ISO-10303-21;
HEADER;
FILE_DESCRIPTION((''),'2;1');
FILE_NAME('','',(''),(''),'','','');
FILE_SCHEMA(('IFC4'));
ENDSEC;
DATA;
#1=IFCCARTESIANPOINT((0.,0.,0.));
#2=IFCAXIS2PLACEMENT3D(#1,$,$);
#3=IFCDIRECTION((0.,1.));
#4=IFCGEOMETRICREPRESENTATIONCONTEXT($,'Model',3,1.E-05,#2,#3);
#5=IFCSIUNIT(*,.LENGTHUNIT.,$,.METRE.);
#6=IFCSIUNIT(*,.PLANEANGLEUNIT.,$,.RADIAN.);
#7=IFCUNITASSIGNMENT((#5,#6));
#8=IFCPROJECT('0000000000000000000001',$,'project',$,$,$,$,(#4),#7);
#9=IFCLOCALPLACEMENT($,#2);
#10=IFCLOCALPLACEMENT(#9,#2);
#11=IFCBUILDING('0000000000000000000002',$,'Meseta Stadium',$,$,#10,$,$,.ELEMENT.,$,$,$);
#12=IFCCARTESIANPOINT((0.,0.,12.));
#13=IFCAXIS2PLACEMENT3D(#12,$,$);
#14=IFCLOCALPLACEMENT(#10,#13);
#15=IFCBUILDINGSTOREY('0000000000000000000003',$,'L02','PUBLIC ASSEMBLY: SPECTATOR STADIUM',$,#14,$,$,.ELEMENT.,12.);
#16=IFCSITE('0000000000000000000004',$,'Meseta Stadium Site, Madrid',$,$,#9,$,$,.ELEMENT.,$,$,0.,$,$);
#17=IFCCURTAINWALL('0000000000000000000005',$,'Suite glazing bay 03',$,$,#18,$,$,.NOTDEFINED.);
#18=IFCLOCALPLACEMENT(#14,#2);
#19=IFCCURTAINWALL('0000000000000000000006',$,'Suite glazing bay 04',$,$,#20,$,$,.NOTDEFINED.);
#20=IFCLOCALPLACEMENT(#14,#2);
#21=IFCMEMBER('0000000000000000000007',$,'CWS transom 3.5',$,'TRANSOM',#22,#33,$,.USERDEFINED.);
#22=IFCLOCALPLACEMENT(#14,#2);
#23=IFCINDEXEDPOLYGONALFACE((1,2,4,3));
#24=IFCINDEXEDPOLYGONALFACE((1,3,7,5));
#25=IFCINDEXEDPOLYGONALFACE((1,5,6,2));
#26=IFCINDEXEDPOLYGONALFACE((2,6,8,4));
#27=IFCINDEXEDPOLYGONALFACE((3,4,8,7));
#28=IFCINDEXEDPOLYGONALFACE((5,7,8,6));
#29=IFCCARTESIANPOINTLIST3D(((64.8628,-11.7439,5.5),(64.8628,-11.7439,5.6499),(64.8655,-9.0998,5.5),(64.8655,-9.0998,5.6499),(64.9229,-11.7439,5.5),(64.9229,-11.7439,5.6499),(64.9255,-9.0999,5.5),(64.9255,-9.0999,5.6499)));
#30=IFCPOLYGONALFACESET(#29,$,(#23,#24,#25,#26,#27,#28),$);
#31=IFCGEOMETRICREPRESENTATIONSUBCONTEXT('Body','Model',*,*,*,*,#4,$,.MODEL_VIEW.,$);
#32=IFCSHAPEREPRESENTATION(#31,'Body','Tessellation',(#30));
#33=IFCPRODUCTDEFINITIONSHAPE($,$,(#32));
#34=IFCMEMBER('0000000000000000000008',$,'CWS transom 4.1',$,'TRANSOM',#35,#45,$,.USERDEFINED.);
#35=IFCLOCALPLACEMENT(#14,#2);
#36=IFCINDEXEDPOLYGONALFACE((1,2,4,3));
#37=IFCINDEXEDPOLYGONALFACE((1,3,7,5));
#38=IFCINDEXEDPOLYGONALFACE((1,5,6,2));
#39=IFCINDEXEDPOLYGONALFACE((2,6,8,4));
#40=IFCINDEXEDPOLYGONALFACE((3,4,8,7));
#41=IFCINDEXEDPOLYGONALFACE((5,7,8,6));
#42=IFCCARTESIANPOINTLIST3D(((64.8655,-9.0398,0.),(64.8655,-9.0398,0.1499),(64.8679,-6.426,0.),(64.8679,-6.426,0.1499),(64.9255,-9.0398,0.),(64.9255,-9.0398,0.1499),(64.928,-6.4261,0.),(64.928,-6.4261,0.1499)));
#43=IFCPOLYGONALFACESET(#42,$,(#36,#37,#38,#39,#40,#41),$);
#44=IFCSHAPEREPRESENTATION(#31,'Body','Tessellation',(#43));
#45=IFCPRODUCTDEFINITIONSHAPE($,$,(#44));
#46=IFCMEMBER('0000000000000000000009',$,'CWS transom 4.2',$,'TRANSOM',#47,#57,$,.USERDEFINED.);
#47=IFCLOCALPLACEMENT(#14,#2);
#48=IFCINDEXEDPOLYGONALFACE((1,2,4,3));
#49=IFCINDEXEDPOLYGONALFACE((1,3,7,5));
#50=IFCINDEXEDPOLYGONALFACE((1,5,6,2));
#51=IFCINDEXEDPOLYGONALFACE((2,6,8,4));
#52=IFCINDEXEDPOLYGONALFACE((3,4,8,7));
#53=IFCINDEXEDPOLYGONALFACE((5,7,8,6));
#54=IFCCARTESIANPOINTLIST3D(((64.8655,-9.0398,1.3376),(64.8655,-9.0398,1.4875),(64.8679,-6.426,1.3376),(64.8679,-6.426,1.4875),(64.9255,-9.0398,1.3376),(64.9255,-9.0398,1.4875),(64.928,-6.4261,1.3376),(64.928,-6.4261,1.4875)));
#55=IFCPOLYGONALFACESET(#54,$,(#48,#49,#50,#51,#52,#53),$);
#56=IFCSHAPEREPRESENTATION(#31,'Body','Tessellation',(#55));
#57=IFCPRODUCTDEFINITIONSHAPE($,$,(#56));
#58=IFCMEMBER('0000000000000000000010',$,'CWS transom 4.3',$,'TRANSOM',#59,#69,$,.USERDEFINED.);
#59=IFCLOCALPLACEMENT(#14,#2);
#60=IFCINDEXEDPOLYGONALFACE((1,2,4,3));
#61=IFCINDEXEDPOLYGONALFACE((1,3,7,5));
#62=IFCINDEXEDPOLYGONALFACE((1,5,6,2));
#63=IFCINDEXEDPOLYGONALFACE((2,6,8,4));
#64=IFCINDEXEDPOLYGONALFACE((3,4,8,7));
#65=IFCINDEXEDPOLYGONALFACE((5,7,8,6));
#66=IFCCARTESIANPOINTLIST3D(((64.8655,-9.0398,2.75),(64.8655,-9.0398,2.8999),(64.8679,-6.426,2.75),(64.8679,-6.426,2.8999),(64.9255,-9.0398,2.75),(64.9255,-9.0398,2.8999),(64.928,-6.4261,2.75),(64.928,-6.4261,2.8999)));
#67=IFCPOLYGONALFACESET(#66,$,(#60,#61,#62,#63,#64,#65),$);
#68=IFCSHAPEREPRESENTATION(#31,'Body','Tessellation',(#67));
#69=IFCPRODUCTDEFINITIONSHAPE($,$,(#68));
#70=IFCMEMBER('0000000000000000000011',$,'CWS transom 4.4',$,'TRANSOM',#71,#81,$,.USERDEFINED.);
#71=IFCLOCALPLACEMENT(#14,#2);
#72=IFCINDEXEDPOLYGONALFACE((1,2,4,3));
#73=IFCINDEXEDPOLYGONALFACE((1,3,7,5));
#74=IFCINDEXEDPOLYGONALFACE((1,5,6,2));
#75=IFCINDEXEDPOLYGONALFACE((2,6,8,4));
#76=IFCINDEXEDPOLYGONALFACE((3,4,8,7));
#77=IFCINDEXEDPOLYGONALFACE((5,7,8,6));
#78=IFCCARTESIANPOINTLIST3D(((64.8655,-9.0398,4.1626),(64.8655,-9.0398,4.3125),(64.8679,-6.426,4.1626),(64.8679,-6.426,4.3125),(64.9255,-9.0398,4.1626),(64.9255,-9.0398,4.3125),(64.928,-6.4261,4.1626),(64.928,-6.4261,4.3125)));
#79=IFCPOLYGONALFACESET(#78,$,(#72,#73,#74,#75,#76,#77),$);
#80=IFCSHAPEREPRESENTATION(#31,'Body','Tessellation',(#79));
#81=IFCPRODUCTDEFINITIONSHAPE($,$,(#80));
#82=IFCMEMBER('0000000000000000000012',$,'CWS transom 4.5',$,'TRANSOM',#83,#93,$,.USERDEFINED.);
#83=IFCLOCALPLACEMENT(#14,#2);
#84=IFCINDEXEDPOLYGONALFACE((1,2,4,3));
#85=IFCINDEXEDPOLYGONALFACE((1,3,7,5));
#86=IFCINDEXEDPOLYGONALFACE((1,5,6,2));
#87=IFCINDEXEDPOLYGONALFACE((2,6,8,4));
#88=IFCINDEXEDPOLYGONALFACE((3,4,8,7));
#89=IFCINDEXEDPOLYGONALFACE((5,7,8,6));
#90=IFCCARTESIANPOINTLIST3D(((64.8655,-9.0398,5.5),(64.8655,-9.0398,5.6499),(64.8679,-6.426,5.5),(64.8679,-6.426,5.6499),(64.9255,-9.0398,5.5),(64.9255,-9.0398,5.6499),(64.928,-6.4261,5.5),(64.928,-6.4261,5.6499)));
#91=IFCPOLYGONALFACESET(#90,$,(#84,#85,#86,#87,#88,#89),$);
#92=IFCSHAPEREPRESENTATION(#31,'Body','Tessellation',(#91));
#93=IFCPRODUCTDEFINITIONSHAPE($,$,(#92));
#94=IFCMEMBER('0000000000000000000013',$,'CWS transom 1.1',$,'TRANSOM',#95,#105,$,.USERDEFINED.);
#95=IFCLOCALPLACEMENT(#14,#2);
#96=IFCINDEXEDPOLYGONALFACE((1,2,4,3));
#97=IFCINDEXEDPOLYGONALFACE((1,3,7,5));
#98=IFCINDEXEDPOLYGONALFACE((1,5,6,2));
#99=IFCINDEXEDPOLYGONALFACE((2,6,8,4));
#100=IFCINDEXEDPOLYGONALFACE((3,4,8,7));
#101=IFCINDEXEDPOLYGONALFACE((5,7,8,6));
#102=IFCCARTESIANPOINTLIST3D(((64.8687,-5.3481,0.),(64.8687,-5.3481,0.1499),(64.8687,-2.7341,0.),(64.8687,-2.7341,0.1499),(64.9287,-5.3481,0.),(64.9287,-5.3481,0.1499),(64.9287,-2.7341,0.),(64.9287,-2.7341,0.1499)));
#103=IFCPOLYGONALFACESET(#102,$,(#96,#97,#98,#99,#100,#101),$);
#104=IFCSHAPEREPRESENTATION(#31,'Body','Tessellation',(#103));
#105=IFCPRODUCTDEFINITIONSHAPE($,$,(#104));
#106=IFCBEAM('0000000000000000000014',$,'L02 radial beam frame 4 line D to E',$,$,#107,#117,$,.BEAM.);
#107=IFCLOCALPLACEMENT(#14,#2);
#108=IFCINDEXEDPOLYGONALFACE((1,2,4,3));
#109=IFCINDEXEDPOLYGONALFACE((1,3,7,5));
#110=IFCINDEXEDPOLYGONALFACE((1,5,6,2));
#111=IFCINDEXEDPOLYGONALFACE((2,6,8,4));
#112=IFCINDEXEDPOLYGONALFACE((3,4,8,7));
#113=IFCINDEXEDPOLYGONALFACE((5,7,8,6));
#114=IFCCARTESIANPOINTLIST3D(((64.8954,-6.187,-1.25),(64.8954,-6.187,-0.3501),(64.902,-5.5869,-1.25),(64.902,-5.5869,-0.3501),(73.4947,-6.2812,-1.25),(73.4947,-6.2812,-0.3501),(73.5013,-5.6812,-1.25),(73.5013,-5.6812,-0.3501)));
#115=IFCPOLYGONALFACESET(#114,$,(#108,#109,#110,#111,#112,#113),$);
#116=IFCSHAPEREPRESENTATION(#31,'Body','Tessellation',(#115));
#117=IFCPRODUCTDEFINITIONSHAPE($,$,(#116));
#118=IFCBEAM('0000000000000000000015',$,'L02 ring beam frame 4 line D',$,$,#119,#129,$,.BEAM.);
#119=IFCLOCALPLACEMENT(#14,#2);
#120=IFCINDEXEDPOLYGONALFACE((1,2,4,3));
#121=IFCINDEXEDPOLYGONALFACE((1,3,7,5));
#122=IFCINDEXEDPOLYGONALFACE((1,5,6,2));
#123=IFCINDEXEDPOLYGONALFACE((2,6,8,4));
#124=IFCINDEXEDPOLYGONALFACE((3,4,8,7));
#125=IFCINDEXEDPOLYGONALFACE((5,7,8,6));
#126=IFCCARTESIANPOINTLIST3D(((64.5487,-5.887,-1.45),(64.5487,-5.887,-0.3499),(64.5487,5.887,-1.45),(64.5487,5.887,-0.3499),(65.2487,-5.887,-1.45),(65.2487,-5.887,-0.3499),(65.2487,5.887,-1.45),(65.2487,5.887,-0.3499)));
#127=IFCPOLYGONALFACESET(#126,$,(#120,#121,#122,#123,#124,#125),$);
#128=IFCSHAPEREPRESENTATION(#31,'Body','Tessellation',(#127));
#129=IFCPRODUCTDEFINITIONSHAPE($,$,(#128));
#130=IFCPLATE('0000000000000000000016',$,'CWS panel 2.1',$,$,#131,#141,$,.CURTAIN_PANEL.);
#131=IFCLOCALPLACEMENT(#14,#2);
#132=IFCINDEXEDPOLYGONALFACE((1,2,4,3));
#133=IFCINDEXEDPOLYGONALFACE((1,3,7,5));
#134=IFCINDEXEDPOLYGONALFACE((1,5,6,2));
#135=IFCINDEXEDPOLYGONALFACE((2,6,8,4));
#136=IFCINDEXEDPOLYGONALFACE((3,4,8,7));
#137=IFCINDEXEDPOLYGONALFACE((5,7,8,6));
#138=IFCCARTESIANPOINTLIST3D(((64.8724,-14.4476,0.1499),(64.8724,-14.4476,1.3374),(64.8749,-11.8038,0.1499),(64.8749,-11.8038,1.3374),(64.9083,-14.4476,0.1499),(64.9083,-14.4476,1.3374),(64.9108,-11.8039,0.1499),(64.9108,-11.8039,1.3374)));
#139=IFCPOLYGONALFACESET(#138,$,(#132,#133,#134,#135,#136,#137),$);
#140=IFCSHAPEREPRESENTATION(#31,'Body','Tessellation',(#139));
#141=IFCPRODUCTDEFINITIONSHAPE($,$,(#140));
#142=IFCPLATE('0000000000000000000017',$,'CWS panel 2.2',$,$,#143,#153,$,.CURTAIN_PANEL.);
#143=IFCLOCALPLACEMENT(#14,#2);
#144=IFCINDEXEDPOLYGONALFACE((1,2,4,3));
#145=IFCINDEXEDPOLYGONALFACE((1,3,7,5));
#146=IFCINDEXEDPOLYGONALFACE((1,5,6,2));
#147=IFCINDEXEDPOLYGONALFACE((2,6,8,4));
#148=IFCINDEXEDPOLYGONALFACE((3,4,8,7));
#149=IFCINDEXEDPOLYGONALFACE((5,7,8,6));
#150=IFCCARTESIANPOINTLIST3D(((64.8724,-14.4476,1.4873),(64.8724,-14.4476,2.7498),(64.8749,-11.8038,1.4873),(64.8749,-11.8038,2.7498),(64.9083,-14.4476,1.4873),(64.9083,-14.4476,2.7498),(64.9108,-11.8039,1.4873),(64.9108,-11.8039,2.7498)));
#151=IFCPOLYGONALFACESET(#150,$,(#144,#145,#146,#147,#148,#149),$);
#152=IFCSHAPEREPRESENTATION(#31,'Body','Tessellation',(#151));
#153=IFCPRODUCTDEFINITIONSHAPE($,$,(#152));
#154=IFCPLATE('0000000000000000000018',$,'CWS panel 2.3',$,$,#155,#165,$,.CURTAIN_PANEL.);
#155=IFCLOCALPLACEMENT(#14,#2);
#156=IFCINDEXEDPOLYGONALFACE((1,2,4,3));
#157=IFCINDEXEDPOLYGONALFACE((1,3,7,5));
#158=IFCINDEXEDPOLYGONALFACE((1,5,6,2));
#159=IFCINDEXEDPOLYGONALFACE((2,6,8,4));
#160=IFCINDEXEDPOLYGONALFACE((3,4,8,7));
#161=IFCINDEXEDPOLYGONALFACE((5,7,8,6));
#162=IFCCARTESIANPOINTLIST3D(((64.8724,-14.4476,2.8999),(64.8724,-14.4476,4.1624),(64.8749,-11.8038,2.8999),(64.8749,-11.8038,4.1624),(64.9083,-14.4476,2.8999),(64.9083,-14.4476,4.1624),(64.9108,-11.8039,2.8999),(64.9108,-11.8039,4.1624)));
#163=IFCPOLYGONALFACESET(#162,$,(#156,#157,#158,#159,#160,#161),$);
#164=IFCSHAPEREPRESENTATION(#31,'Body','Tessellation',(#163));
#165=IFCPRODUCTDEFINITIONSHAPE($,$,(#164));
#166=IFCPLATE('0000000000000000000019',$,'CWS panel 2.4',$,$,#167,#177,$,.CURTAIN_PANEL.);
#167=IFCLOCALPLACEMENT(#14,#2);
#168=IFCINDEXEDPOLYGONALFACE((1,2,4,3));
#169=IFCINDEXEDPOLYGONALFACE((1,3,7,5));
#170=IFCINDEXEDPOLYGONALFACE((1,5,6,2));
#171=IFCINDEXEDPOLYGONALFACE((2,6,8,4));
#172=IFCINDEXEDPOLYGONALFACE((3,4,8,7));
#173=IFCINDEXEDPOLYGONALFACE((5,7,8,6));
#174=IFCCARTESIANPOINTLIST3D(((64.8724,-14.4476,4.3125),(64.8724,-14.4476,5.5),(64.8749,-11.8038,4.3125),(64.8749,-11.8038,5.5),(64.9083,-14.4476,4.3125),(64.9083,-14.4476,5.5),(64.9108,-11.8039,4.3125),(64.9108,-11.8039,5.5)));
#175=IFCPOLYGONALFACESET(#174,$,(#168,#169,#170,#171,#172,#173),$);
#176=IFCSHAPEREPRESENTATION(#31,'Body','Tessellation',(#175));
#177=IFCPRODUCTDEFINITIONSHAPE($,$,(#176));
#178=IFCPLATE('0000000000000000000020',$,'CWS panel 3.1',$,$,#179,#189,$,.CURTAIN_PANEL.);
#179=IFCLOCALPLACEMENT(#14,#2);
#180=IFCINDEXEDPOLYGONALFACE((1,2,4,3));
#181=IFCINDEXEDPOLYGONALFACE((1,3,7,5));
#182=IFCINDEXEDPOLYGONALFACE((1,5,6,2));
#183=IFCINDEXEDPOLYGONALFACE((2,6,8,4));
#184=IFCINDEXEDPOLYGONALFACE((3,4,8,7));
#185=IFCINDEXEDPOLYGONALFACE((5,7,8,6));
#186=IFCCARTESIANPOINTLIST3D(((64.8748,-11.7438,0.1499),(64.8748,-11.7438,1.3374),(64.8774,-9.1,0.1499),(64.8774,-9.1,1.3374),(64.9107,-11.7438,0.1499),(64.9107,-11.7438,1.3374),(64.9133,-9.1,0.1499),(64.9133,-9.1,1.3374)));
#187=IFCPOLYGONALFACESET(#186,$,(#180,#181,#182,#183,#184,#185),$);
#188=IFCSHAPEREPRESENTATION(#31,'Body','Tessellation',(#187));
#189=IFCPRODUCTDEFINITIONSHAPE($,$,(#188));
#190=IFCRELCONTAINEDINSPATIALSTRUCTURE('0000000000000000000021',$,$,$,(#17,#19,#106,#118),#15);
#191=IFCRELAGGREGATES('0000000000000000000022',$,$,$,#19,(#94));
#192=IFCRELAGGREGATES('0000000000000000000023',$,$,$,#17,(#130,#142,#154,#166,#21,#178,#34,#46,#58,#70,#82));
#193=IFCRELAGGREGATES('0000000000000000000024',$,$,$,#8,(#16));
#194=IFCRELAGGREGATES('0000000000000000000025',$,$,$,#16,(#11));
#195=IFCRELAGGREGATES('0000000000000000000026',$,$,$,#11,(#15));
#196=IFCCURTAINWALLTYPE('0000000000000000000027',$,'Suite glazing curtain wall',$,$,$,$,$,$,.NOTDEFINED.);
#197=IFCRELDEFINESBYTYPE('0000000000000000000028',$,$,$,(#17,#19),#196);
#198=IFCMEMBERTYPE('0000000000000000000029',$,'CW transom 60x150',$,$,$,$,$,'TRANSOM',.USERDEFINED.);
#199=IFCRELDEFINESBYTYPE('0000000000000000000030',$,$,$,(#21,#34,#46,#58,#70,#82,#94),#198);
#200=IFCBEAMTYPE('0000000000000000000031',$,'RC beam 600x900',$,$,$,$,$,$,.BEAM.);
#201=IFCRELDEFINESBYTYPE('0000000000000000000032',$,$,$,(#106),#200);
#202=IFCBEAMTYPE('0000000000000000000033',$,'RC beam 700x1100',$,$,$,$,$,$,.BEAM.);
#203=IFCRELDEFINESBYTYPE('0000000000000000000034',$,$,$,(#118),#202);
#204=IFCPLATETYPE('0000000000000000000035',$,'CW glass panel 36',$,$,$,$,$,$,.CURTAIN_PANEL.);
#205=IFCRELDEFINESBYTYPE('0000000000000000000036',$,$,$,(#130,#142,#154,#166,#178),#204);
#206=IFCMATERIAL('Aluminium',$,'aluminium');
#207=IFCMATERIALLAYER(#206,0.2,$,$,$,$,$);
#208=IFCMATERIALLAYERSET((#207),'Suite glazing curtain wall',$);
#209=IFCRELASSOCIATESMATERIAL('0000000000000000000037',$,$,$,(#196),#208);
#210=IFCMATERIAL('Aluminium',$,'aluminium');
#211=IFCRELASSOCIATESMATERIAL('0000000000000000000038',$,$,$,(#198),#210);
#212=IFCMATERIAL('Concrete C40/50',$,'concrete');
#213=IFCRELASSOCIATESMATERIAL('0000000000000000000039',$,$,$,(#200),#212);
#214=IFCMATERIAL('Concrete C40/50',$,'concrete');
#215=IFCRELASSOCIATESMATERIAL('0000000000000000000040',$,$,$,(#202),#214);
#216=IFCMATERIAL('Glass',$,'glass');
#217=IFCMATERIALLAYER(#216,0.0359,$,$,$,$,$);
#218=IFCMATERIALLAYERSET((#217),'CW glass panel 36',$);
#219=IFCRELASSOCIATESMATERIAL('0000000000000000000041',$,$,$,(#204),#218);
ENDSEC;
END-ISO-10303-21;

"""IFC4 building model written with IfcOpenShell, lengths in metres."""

from ifc_helpers import new_model, si_unit, direction, frame, origin, origin_2d, place, context, subcontext, project, spatial, rectangle, extrude, material, layer, layer_set, material_profile, profile_set, type_object, element, aggregate, save


model = new_model("IFC4")

# Units and contexts
model_context = context("Model", 3, precision=1e-05, world=origin(), true_north=direction((0.0, 1.0)))
body_context = subcontext(model_context, "Body", "Model", "MODEL_VIEW")
ifc_project = project(units=[si_unit("LENGTHUNIT", "METRE"), si_unit("PLANEANGLEUNIT", "RADIAN")], contexts=[model_context])

# Site, building, storey
site_placement = place(None, origin())
site = spatial("IfcSite", under=ifc_project, at=site_placement, Name="Meseta Stadium Site, Madrid", CompositionType="ELEMENT", RefElevation=0.0)
building_placement = place(site_placement, origin())
building = spatial("IfcBuilding", under=site, at=building_placement, Name="Meseta Stadium", CompositionType="ELEMENT")
storey_placement = place(building_placement, frame((0.0, 0.0, 12.0)))
storey = spatial("IfcBuildingStorey", under=building, at=storey_placement, Name="L02", Description="PUBLIC ASSEMBLY: SPECTATOR STADIUM", CompositionType="ELEMENT", Elevation=12.0)

# Curtain wall
ifc_material_1 = material(Name="Aluminium", Category="aluminium")
ifc_layer_1 = layer(ifc_material_1, 0.2)
ifc_layer_set_1 = layer_set([ifc_layer_1], Name="Suite glazing curtain wall")
curtain_wall_type = type_object("IfcCurtainWallType", Name="Suite glazing curtain wall", PredefinedType="NOTDEFINED", material=ifc_layer_set_1)
curtain_wall_1_placement = place(storey_placement, origin())
curtain_wall_1 = element("IfcCurtainWall", 1, at=curtain_wall_1_placement, inside=storey, type_object=curtain_wall_type, Name="Suite glazing bay 03", PredefinedType="NOTDEFINED")

# Curtain wall
curtain_wall_2_placement = place(storey_placement, origin())
curtain_wall_2 = element("IfcCurtainWall", 2, at=curtain_wall_2_placement, inside=storey, type_object=curtain_wall_type, Name="Suite glazing bay 04", PredefinedType="NOTDEFINED")

# Members
ifc_material_2 = material(Name="Aluminium", Category="aluminium")
ifc_material_profile_1 = material_profile(ifc_material_2, rectangle(XDim=0.0601, YDim=0.1499, at=origin_2d()), Name="CW 60x150")
ifc_profile_set_1 = profile_set([ifc_material_profile_1], Name="Aluminium")
member_type_1 = type_object("IfcMemberType", Name="CW transom 60x150", ElementType="TRANSOM", PredefinedType="USERDEFINED", material=ifc_profile_set_1)
member_1_placement = place(storey_placement, frame((64.8928, -11.7439, 5.575), z_axis=(0.001016, 0.999999, 0.0), x_axis=(-0.999999, 0.001016, 0.0)))
member_1 = element("IfcMember", 3, at=member_1_placement, type_object=member_type_1, Name="CWS transom 3.5", ObjectType="TRANSOM", PredefinedType="USERDEFINED", context=body_context, shape_type="SweptSolid", body=[
    extrude(rectangle(XDim=0.0601, YDim=0.1499, at=origin_2d()), origin(), (0.0, 0.0, 1.0), 2.644),
])
member_2_placement = place(storey_placement, frame((64.8955, -9.0398, 0.075), z_axis=(0.000934, 1.0, 0.0), x_axis=(-1.0, 0.000934, 0.0)))
member_2 = element("IfcMember", 4, at=member_2_placement, type_object=member_type_1, Name="CWS transom 4.1", ObjectType="TRANSOM", PredefinedType="USERDEFINED", context=body_context, shape_type="SweptSolid", body=[
    extrude(rectangle(XDim=0.0601, YDim=0.1499, at=origin_2d()), origin(), (0.0, 0.0, 1.0), 2.6138),
])
member_3_placement = place(storey_placement, frame((64.8955, -9.0398, 1.4126), z_axis=(0.000934, 1.0, 0.0), x_axis=(-1.0, 0.000934, 0.0)))
member_3 = element("IfcMember", 5, at=member_3_placement, type_object=member_type_1, Name="CWS transom 4.2", ObjectType="TRANSOM", PredefinedType="USERDEFINED", context=body_context, shape_type="SweptSolid", body=[
    extrude(rectangle(XDim=0.0601, YDim=0.1499, at=origin_2d()), origin(), (0.0, 0.0, 1.0), 2.6138),
])
member_4_placement = place(storey_placement, frame((64.8955, -9.0398, 2.825), z_axis=(0.000934, 1.0, 0.0), x_axis=(-1.0, 0.000934, 0.0)))
member_4 = element("IfcMember", 6, at=member_4_placement, type_object=member_type_1, Name="CWS transom 4.3", ObjectType="TRANSOM", PredefinedType="USERDEFINED", context=body_context, shape_type="SweptSolid", body=[
    extrude(rectangle(XDim=0.0601, YDim=0.1499, at=origin_2d()), origin(), (0.0, 0.0, 1.0), 2.6138),
])
member_5_placement = place(storey_placement, frame((64.8955, -9.0398, 4.2375), z_axis=(0.000934, 1.0, 0.0), x_axis=(-1.0, 0.000934, 0.0)))
member_5 = element("IfcMember", 7, at=member_5_placement, type_object=member_type_1, Name="CWS transom 4.4", ObjectType="TRANSOM", PredefinedType="USERDEFINED", context=body_context, shape_type="SweptSolid", body=[
    extrude(rectangle(XDim=0.0601, YDim=0.1499, at=origin_2d()), origin(), (0.0, 0.0, 1.0), 2.6138),
])
member_6_placement = place(storey_placement, frame((64.8955, -9.0398, 5.575), z_axis=(0.000934, 1.0, 0.0), x_axis=(-1.0, 0.000934, 0.0)))
member_6 = element("IfcMember", 8, at=member_6_placement, type_object=member_type_1, Name="CWS transom 4.5", ObjectType="TRANSOM", PredefinedType="USERDEFINED", context=body_context, shape_type="SweptSolid", body=[
    extrude(rectangle(XDim=0.0601, YDim=0.1499, at=origin_2d()), origin(), (0.0, 0.0, 1.0), 2.6138),
])
member_7_placement = place(storey_placement, frame((64.8987, -5.3481, 0.075), z_axis=(0.0, 1.0, 0.0), x_axis=(-1.0, 0.0, 0.0)))
member_7 = element("IfcMember", 9, at=member_7_placement, type_object=member_type_1, Name="CWS transom 1.1", ObjectType="TRANSOM", PredefinedType="USERDEFINED", context=body_context, shape_type="SweptSolid", body=[
    extrude(rectangle(XDim=0.0601, YDim=0.1499, at=origin_2d()), origin(), (0.0, 0.0, 1.0), 2.614),
])
aggregate(curtain_wall_2, [member_7])

# Beams
ifc_material_3 = material(Name="Concrete C40/50", Category="concrete")
ifc_material_profile_2 = material_profile(ifc_material_3, rectangle(XDim=0.6001, YDim=0.8999, at=origin_2d()), Name="RC 600x900")
ifc_profile_set_2 = profile_set([ifc_material_profile_2], Name="Concrete C40/50")
beam_type_1 = type_object("IfcBeamType", Name="RC beam 600x900", PredefinedType="BEAM", material=ifc_profile_set_2)
beam_1_placement = place(storey_placement, frame((64.8987, -5.887, -0.8), z_axis=(0.99994, -0.010958, 0.0), x_axis=(0.010958, 0.99994, 0.0)))
element("IfcBeam", 10, at=beam_1_placement, inside=storey, type_object=beam_type_1, Name="L02 radial beam frame 4 line D to E", PredefinedType="BEAM", context=body_context, shape_type="SweptSolid", body=[
    extrude(rectangle(XDim=0.6001, YDim=0.8999, at=origin_2d()), origin(), (0.0, 0.0, 1.0), 8.5999),
])
ifc_material_4 = material(Name="Concrete C40/50", Category="concrete")
ifc_material_profile_3 = material_profile(ifc_material_4, rectangle(XDim=0.7, YDim=1.1001, at=origin_2d()), Name="RC 700x1100")
ifc_profile_set_3 = profile_set([ifc_material_profile_3], Name="Concrete C40/50")
beam_type_2 = type_object("IfcBeamType", Name="RC beam 700x1100", PredefinedType="BEAM", material=ifc_profile_set_3)
beam_2_placement = place(storey_placement, frame((64.8987, -5.887, -0.8999), z_axis=(0.0, 1.0, 0.0), x_axis=(-1.0, 0.0, 0.0)))
element("IfcBeam", 11, at=beam_2_placement, inside=storey, type_object=beam_type_2, Name="L02 ring beam frame 4 line D", PredefinedType="BEAM", context=body_context, shape_type="SweptSolid", body=[
    extrude(rectangle(XDim=0.7, YDim=1.1001, at=origin_2d()), origin(), (0.0, 0.0, 1.0), 11.7739),
])

# Plates
ifc_material_5 = material(Name="Glass", Category="glass")
ifc_layer_2 = layer(ifc_material_5, 0.0359)
ifc_layer_set_2 = layer_set([ifc_layer_2], Name="CW glass panel 36")
plate_type = type_object("IfcPlateType", Name="CW glass panel 36", PredefinedType="CURTAIN_PANEL", material=ifc_layer_set_2)
plate_1_placement = place(storey_placement, frame((64.8916, -13.1257, 0.1499), z_axis=(0.0, 0.0, 1.0), x_axis=(0.000975, 1.0, 0.0)))
plate_1 = element("IfcPlate", 12, at=plate_1_placement, type_object=plate_type, Name="CWS panel 2.1", PredefinedType="CURTAIN_PANEL", context=body_context, shape_type="SweptSolid", body=[
    extrude(rectangle(XDim=2.6438, YDim=0.0359, at=origin_2d()), origin(), (0.0, 0.0, 1.0), 1.1875),
])
plate_2_placement = place(storey_placement, frame((64.8916, -13.1257, 1.4873), z_axis=(0.0, 0.0, 1.0), x_axis=(0.000975, 1.0, 0.0)))
plate_2 = element("IfcPlate", 13, at=plate_2_placement, type_object=plate_type, Name="CWS panel 2.2", PredefinedType="CURTAIN_PANEL", context=body_context, shape_type="SweptSolid", body=[
    extrude(rectangle(XDim=2.6438, YDim=0.0359, at=origin_2d()), origin(), (0.0, 0.0, 1.0), 1.2625),
])
plate_3_placement = place(storey_placement, frame((64.8916, -13.1257, 2.8999), z_axis=(0.0, 0.0, 1.0), x_axis=(0.000975, 1.0, 0.0)))
plate_3 = element("IfcPlate", 14, at=plate_3_placement, type_object=plate_type, Name="CWS panel 2.3", PredefinedType="CURTAIN_PANEL", context=body_context, shape_type="SweptSolid", body=[
    extrude(rectangle(XDim=2.6438, YDim=0.0359, at=origin_2d()), origin(), (0.0, 0.0, 1.0), 1.2625),
])
plate_4_placement = place(storey_placement, frame((64.8916, -13.1257, 4.3125), z_axis=(0.0, 0.0, 1.0), x_axis=(0.000975, 1.0, 0.0)))
plate_4 = element("IfcPlate", 15, at=plate_4_placement, type_object=plate_type, Name="CWS panel 2.4", PredefinedType="CURTAIN_PANEL", context=body_context, shape_type="SweptSolid", body=[
    extrude(rectangle(XDim=2.6438, YDim=0.0359, at=origin_2d()), origin(), (0.0, 0.0, 1.0), 1.1875),
])
plate_5_placement = place(storey_placement, frame((64.894, -10.4219, 0.1499), z_axis=(0.0, 0.0, 1.0), x_axis=(0.000975, 1.0, 0.0)))
plate_5 = element("IfcPlate", 16, at=plate_5_placement, type_object=plate_type, Name="CWS panel 3.1", PredefinedType="CURTAIN_PANEL", context=body_context, shape_type="SweptSolid", body=[
    extrude(rectangle(XDim=2.6438, YDim=0.0359, at=origin_2d()), origin(), (0.0, 0.0, 1.0), 1.1875),
])
aggregate(curtain_wall_1, [plate_1, plate_2, plate_3, plate_4, member_1, plate_5, member_2, member_3, member_4, member_5, member_6])

save(model, "model.ifc")
